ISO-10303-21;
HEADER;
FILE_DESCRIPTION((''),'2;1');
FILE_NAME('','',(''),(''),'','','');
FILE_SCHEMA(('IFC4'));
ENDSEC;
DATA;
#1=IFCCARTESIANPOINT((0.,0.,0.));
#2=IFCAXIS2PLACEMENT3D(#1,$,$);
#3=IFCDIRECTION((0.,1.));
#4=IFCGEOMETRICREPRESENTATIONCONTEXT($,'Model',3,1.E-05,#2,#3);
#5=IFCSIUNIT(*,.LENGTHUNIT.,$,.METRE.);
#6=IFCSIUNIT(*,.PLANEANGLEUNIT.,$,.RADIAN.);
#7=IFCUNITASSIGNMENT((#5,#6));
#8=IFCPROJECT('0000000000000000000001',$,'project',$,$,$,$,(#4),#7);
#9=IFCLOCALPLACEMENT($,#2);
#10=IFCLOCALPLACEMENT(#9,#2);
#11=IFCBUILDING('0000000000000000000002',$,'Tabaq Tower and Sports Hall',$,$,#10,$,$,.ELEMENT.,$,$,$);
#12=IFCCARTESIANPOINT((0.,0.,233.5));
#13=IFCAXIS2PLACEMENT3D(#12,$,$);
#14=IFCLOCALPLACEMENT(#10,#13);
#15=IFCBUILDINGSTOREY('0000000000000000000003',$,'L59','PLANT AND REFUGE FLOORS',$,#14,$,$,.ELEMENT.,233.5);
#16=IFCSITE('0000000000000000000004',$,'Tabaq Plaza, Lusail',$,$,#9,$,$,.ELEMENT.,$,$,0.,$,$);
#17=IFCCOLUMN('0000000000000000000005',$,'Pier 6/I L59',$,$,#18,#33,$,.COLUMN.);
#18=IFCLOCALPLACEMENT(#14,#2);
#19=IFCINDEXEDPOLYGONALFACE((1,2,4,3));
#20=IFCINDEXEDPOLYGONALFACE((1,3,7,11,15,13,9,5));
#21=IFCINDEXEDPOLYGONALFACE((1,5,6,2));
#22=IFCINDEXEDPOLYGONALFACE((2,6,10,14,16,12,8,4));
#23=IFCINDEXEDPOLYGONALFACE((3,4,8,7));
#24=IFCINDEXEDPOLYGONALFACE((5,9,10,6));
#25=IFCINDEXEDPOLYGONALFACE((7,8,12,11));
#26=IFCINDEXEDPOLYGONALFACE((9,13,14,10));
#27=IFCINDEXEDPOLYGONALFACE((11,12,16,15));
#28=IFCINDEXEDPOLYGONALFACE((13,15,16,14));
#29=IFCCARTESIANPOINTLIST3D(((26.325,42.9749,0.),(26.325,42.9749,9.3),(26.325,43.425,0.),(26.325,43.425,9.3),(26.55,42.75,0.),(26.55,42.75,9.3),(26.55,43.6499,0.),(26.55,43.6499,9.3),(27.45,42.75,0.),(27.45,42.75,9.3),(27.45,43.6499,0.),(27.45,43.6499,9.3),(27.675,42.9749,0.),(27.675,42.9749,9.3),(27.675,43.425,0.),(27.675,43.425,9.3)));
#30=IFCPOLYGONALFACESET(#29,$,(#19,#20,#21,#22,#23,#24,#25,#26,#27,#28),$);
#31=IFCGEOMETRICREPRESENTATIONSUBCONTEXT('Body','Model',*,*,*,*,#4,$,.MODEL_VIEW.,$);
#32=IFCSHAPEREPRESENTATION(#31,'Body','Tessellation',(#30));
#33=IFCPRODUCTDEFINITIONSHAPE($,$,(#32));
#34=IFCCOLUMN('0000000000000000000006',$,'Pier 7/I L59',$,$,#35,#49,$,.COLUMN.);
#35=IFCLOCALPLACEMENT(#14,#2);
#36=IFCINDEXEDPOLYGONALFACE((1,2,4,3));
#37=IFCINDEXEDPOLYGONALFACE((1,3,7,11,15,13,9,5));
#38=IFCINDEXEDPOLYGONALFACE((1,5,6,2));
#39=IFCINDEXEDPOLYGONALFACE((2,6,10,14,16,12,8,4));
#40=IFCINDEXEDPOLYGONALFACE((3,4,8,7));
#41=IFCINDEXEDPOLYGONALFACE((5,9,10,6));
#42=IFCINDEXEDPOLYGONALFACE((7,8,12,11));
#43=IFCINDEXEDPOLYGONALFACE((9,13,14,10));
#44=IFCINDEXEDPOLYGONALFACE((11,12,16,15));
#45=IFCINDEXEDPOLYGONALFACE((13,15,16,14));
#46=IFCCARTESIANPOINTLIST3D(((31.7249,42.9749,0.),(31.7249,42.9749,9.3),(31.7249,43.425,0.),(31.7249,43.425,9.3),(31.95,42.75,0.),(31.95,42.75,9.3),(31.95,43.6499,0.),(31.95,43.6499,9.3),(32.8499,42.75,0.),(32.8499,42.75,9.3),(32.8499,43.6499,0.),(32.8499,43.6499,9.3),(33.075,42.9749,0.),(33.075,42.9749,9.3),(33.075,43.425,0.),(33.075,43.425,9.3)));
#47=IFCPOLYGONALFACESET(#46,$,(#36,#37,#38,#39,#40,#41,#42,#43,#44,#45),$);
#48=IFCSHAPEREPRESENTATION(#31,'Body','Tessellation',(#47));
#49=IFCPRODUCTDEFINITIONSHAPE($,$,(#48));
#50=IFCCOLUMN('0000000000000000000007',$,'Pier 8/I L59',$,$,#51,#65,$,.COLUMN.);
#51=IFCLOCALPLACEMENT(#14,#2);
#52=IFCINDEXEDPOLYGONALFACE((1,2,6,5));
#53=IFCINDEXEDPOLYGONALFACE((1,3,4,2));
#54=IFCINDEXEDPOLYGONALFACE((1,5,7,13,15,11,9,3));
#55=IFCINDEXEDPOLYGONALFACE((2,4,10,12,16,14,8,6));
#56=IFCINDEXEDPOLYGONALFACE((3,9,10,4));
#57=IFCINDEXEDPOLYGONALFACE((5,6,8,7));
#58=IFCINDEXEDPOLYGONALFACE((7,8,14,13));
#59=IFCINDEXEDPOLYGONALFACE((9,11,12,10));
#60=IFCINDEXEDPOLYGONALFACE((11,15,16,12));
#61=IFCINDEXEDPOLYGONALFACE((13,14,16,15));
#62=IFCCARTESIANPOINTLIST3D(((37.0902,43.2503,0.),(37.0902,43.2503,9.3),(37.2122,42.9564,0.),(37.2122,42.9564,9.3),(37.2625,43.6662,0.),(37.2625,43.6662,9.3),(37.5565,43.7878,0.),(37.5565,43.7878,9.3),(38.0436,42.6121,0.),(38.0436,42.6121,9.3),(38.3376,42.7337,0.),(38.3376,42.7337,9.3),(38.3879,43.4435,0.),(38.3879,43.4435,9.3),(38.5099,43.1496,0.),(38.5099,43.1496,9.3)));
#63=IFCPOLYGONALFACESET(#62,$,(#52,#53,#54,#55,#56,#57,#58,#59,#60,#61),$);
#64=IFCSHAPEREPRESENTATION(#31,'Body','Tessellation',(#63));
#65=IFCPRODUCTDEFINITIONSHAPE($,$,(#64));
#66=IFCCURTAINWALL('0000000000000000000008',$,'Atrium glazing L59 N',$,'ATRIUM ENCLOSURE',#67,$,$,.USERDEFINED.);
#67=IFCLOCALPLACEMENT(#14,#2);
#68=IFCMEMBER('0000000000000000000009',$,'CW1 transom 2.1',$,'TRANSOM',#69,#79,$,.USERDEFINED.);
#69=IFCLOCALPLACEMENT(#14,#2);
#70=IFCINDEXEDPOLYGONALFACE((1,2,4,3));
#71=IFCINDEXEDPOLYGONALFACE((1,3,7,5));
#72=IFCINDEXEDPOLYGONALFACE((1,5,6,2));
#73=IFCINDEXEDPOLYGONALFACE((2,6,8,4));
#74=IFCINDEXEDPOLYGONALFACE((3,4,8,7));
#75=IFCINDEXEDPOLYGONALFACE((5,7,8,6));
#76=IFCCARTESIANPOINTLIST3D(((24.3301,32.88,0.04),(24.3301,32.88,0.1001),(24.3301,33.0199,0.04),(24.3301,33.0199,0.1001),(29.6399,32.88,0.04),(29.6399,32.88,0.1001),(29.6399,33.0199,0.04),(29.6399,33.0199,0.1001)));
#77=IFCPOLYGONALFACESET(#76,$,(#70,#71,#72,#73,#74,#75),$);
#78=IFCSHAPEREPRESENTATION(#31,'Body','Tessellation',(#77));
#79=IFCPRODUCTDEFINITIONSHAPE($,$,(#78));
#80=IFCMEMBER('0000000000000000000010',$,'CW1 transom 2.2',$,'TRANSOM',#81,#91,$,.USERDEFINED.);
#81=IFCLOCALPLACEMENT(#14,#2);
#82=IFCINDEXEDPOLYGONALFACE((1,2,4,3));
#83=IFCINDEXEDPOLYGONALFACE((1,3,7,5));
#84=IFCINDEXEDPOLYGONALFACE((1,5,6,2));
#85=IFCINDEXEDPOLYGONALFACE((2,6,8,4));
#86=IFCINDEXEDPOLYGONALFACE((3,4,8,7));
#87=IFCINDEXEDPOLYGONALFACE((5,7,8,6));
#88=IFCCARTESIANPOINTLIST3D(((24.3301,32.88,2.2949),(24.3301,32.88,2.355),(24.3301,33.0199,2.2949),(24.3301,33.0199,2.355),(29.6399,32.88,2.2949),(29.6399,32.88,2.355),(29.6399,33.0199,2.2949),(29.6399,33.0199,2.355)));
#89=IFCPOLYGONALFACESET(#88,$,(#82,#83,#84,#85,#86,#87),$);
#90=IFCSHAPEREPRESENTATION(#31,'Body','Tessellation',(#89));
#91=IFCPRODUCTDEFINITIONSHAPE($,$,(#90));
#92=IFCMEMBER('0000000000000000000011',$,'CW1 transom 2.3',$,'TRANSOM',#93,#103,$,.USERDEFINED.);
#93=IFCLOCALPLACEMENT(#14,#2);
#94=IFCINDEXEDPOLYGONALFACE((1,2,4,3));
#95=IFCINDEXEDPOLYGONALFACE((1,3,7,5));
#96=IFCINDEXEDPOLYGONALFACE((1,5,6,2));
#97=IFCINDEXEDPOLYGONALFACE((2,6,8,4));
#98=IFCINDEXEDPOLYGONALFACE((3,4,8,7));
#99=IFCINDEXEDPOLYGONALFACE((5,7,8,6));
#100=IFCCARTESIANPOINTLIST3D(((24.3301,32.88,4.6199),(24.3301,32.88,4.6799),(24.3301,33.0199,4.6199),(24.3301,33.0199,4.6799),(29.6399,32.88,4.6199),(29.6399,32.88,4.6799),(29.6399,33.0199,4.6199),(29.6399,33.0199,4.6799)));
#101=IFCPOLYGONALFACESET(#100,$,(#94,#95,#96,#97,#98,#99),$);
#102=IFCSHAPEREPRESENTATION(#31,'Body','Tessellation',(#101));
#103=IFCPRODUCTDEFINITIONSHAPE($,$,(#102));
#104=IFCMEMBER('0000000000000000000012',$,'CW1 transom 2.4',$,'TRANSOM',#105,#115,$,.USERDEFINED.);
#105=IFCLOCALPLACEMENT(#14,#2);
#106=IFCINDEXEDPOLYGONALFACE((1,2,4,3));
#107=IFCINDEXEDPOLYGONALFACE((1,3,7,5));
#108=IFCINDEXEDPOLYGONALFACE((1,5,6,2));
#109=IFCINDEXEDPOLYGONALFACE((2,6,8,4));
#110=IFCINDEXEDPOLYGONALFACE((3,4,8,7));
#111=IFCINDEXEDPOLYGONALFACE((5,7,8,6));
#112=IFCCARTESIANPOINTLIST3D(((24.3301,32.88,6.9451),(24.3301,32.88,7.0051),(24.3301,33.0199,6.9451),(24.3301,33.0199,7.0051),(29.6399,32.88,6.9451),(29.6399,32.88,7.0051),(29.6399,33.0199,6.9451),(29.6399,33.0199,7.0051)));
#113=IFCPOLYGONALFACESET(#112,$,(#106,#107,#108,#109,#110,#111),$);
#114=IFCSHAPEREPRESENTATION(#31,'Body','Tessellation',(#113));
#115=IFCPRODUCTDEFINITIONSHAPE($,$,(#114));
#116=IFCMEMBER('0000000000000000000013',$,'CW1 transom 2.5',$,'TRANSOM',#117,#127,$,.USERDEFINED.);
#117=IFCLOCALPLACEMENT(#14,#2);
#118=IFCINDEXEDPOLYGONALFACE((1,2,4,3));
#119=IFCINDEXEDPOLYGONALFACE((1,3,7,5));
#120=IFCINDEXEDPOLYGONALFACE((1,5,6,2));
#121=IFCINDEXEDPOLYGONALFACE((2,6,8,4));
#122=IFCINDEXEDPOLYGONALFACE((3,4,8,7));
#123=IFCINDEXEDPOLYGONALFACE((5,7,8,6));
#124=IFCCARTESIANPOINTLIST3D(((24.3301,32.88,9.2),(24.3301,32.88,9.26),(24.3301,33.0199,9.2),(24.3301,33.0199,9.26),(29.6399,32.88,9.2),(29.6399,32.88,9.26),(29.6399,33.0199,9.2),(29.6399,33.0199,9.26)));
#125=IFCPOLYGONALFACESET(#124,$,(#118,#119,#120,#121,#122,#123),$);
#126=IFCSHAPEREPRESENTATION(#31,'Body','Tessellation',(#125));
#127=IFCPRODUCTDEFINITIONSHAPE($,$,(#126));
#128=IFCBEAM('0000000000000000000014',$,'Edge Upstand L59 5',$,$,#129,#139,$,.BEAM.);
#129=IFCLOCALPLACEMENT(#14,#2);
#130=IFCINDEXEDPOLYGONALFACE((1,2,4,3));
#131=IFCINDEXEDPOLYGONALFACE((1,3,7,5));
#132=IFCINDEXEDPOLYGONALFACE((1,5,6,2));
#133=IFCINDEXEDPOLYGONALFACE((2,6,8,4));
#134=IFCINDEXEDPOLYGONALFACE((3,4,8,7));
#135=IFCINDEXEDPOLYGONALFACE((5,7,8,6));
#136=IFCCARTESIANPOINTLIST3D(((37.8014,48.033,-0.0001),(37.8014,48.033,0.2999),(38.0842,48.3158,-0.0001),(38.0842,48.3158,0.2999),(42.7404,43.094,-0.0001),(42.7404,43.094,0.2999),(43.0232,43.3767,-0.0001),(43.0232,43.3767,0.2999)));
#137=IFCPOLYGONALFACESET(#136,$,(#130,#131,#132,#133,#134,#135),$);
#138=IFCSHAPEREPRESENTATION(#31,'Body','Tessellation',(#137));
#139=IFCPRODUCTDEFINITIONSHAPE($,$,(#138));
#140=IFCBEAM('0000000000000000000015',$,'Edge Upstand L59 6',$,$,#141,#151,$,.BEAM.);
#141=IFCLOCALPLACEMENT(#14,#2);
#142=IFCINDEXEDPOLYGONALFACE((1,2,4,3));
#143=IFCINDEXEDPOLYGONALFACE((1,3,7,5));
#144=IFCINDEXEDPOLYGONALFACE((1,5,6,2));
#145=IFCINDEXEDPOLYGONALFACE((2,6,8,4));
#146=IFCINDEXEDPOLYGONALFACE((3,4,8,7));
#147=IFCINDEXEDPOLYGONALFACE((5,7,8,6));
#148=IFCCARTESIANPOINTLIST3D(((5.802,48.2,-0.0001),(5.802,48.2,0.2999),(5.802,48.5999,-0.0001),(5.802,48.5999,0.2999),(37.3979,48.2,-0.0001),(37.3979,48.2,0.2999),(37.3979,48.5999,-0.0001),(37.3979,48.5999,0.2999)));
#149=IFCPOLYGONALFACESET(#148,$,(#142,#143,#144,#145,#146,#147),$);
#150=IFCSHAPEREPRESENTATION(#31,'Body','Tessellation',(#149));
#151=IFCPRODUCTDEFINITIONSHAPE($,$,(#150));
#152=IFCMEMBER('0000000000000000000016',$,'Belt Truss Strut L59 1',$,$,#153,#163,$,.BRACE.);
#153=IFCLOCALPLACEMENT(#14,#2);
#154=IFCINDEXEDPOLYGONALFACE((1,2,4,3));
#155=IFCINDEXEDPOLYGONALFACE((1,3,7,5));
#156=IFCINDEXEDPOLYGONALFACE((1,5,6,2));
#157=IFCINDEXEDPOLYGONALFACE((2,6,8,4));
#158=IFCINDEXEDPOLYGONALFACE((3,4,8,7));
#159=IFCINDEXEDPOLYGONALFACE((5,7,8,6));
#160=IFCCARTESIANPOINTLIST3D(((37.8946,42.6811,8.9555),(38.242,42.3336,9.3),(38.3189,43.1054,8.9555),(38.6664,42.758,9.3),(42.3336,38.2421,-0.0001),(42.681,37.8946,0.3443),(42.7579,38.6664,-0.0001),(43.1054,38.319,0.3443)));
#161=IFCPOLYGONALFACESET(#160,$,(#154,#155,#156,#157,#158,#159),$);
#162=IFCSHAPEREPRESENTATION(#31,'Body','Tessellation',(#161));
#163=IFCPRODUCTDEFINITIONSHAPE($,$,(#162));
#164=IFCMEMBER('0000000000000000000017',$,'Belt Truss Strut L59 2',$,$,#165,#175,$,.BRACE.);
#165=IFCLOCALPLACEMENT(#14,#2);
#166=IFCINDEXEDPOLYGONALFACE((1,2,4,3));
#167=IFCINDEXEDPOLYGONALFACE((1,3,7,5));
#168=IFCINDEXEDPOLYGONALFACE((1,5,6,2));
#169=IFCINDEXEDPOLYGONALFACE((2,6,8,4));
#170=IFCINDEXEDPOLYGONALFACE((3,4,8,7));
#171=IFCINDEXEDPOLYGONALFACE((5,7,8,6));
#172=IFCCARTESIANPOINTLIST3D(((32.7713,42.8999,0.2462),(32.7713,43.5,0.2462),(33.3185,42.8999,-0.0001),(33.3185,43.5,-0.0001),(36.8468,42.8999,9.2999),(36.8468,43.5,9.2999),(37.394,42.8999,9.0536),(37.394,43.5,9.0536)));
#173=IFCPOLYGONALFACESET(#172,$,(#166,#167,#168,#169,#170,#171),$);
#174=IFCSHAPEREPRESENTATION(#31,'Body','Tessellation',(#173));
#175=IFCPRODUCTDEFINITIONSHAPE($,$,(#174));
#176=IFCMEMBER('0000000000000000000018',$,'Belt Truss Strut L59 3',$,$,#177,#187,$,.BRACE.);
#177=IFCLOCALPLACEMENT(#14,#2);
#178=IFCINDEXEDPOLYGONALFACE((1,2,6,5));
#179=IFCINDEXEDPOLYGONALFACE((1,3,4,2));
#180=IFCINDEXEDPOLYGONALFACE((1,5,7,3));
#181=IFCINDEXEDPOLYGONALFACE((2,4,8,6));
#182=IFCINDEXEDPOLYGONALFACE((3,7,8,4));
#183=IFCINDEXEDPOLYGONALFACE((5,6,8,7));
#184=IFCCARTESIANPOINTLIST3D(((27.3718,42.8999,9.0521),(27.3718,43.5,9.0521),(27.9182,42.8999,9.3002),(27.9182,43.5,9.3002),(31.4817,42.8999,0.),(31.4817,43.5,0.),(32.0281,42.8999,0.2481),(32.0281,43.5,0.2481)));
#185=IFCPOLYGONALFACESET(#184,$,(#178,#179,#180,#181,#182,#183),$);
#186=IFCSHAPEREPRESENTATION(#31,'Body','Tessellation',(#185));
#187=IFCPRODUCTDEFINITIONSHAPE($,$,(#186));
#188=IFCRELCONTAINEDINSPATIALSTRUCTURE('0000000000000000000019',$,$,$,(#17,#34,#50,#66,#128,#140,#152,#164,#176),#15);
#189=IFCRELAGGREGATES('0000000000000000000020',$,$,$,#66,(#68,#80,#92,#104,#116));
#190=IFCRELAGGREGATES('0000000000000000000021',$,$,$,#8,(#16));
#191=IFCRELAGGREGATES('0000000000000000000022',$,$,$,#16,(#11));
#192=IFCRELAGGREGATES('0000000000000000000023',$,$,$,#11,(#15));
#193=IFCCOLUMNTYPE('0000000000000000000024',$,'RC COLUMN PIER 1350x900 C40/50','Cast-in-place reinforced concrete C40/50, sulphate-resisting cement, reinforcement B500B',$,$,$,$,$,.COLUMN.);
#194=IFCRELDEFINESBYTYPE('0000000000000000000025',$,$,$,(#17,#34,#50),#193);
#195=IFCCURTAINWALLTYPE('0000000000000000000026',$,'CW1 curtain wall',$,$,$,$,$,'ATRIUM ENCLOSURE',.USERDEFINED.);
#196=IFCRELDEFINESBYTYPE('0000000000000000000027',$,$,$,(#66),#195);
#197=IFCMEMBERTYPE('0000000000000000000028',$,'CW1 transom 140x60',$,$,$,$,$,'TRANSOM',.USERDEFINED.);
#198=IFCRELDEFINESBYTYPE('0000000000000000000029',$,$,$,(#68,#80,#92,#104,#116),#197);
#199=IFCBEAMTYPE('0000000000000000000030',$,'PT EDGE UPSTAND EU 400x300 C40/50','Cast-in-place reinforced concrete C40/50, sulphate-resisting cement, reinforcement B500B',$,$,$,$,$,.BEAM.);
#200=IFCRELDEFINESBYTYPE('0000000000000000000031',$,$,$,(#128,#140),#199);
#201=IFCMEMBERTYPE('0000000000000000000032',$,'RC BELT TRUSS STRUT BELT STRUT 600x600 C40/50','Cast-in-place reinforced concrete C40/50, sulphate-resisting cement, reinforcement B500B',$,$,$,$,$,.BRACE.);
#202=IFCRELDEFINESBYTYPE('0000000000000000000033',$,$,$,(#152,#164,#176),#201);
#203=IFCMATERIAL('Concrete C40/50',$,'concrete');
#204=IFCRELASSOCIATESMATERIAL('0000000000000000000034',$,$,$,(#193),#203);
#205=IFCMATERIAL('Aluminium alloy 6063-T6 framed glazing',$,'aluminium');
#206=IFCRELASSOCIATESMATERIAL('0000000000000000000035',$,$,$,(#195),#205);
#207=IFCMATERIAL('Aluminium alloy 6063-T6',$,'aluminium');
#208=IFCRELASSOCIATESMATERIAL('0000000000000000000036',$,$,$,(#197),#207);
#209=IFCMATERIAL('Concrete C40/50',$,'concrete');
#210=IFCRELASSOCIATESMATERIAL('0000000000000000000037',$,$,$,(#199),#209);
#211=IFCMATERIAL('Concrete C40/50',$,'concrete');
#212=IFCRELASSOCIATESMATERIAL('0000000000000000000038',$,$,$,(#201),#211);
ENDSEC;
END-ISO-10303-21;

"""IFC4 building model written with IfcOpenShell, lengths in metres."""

from ifc_helpers import new_model, si_unit, direction, frame, origin, origin_2d, place, context, subcontext, project, spatial, polyline, rectangle, outline, extrude, material, material_profile, profile_set, type_object, element, aggregate, save


model = new_model("IFC4")

# Units and contexts
model_context = context("Model", 3, precision=1e-05, world=origin(), true_north=direction((0.0, 1.0)))
body_context = subcontext(model_context, "Body", "Model", "MODEL_VIEW")
ifc_project = project(units=[si_unit("LENGTHUNIT", "METRE"), si_unit("PLANEANGLEUNIT", "RADIAN")], contexts=[model_context])

# Site, building, storey
site_placement = place(None, origin())
site = spatial("IfcSite", under=ifc_project, at=site_placement, Name="Tabaq Plaza, Lusail", CompositionType="ELEMENT", RefElevation=0.0)
building_placement = place(site_placement, origin())
building = spatial("IfcBuilding", under=site, at=building_placement, Name="Tabaq Tower and Sports Hall", CompositionType="ELEMENT")
storey_placement = place(building_placement, frame((0.0, 0.0, 233.5)))
storey = spatial("IfcBuildingStorey", under=building, at=storey_placement, Name="L59", Description="PLANT AND REFUGE FLOORS", CompositionType="ELEMENT", Elevation=233.5)

# Columns
ifc_material_1 = material(Name="Concrete C40/50", Category="concrete")
ifc_material_profile_1 = material_profile(ifc_material_1, outline(polyline([(-0.45, -0.45), (0.45, -0.45), (0.675, -0.2251), (0.675, 0.2251), (0.45, 0.45), (-0.45, 0.45), (-0.675, 0.2251), (-0.675, -0.2251), (-0.45, -0.45)])), Name="PIER 1350x900")
ifc_profile_set_1 = profile_set([ifc_material_profile_1], Name="Concrete C40/50")
column_type = type_object("IfcColumnType", Name="RC COLUMN PIER 1350x900 C40/50", Description="Cast-in-place reinforced concrete C40/50, sulphate-resisting cement, reinforcement B500B", PredefinedType="COLUMN", material=ifc_profile_set_1)
for number, where, z_axis, x_axis, name in (
    (1, (27.0, 43.2, 0.0), (0.0, 0.0, 1.0), (1.0, 0.0, 0.0), "Pier 6/I L59"),
    (2, (32.3999, 43.2, 0.0), (0.0, 0.0, 1.0), (1.0, 0.0, 0.0), "Pier 7/I L59"),
    (3, (37.8, 43.2, 0.0), (0.0, 0.0, 1.0), (-0.92388, 0.382683, 0.0), "Pier 8/I L59"),
):
    element("IfcColumn", number, at=place(storey_placement, frame(where, z_axis=z_axis, x_axis=x_axis)), inside=storey, type_object=column_type, Name=name, PredefinedType="COLUMN", context=body_context, shape_type="SweptSolid", body=[
        extrude(outline(polyline([(-0.45, -0.45), (0.45, -0.45), (0.675, -0.2251), (0.675, 0.2251), (0.45, 0.45), (-0.45, 0.45), (-0.675, 0.2251), (-0.675, -0.2251), (-0.45, -0.45)])), origin(), (0.0, 0.0, 1.0), 9.3),
    ])

# Curtain wall, members
ifc_material_2 = material(Name="Aluminium alloy 6063-T6 framed glazing", Category="aluminium")
curtain_wall_type = type_object("IfcCurtainWallType", Name="CW1 curtain wall", ElementType="ATRIUM ENCLOSURE", PredefinedType="USERDEFINED", material=ifc_material_2)
curtain_wall_placement = place(storey_placement, origin())
curtain_wall = element("IfcCurtainWall", 4, at=curtain_wall_placement, inside=storey, type_object=curtain_wall_type, Name="Atrium glazing L59 N", ObjectType="ATRIUM ENCLOSURE", PredefinedType="USERDEFINED")
ifc_material_3 = material(Name="Aluminium alloy 6063-T6", Category="aluminium")
ifc_material_profile_2 = material_profile(ifc_material_3, rectangle(XDim=0.1399, YDim=0.0601, at=origin_2d()), Name="TRANSOM 140x60")
ifc_profile_set_2 = profile_set([ifc_material_profile_2], Name="Aluminium alloy 6063-T6")
member_type_1 = type_object("IfcMemberType", Name="CW1 transom 140x60", ElementType="TRANSOM", PredefinedType="USERDEFINED", material=ifc_profile_set_2)
member_1_placement = place(storey_placement, frame((24.3301, 32.95, 0.0701), z_axis=(1.0, 0.0, 0.0), x_axis=(0.0, 1.0, 0.0)))
member_1 = element("IfcMember", 5, at=member_1_placement, type_object=member_type_1, Name="CW1 transom 2.1", ObjectType="TRANSOM", PredefinedType="USERDEFINED", context=body_context, shape_type="SweptSolid", body=[
    extrude(rectangle(XDim=0.1399, YDim=0.0601, at=origin_2d()), origin(), (0.0, 0.0, 1.0), 5.3098),
])
member_2_placement = place(storey_placement, frame((24.3301, 32.95, 2.325), z_axis=(1.0, 0.0, 0.0), x_axis=(0.0, 1.0, 0.0)))
member_2 = element("IfcMember", 6, at=member_2_placement, type_object=member_type_1, Name="CW1 transom 2.2", ObjectType="TRANSOM", PredefinedType="USERDEFINED", context=body_context, shape_type="SweptSolid", body=[
    extrude(rectangle(XDim=0.1399, YDim=0.0601, at=origin_2d()), origin(), (0.0, 0.0, 1.0), 5.3098),
])
member_3_placement = place(storey_placement, frame((24.3301, 32.95, 4.6499), z_axis=(1.0, 0.0, 0.0), x_axis=(0.0, 1.0, 0.0)))
member_3 = element("IfcMember", 7, at=member_3_placement, type_object=member_type_1, Name="CW1 transom 2.3", ObjectType="TRANSOM", PredefinedType="USERDEFINED", context=body_context, shape_type="SweptSolid", body=[
    extrude(rectangle(XDim=0.1399, YDim=0.0601, at=origin_2d()), origin(), (0.0, 0.0, 1.0), 5.3098),
])
member_4_placement = place(storey_placement, frame((24.3301, 32.95, 6.9751), z_axis=(1.0, 0.0, 0.0), x_axis=(0.0, 1.0, 0.0)))
member_4 = element("IfcMember", 8, at=member_4_placement, type_object=member_type_1, Name="CW1 transom 2.4", ObjectType="TRANSOM", PredefinedType="USERDEFINED", context=body_context, shape_type="SweptSolid", body=[
    extrude(rectangle(XDim=0.1399, YDim=0.0601, at=origin_2d()), origin(), (0.0, 0.0, 1.0), 5.3098),
])
member_5_placement = place(storey_placement, frame((24.3301, 32.95, 9.23), z_axis=(1.0, 0.0, 0.0), x_axis=(0.0, 1.0, 0.0)))
member_5 = element("IfcMember", 9, at=member_5_placement, type_object=member_type_1, Name="CW1 transom 2.5", ObjectType="TRANSOM", PredefinedType="USERDEFINED", context=body_context, shape_type="SweptSolid", body=[
    extrude(rectangle(XDim=0.1399, YDim=0.0601, at=origin_2d()), origin(), (0.0, 0.0, 1.0), 5.3098),
])

# Beams
ifc_material_4 = material(Name="Concrete C40/50", Category="concrete")
ifc_material_profile_3 = material_profile(ifc_material_4, rectangle(XDim=0.3999, YDim=0.3, at=origin_2d()), Name="EU 400x300")
ifc_profile_set_3 = profile_set([ifc_material_profile_3], Name="Concrete C40/50")
beam_type = type_object("IfcBeamType", Name="PT EDGE UPSTAND EU 400x300 C40/50", Description="Cast-in-place reinforced concrete C40/50, sulphate-resisting cement, reinforcement B500B", PredefinedType="BEAM", material=ifc_profile_set_3)
beam_1_placement = place(storey_placement, frame((42.8818, 43.2354, 0.1499), z_axis=(-0.707107, 0.707107, 0.0), x_axis=(-0.707107, -0.707107, 0.0)))
element("IfcBeam", 10, at=beam_1_placement, inside=storey, type_object=beam_type, Name="Edge Upstand L59 5", PredefinedType="BEAM", context=body_context, shape_type="SweptSolid", body=[
    extrude(rectangle(XDim=0.3999, YDim=0.3, at=origin_2d()), origin(), (0.0, 0.0, 1.0), 6.9849),
])
beam_2_placement = place(storey_placement, frame((37.3979, 48.3999, 0.1499), z_axis=(-1.0, 0.0, 0.0), x_axis=(0.0, -1.0, 0.0)))
element("IfcBeam", 11, at=beam_2_placement, inside=storey, type_object=beam_type, Name="Edge Upstand L59 6", PredefinedType="BEAM", context=body_context, shape_type="SweptSolid", body=[
    extrude(rectangle(XDim=0.3999, YDim=0.3, at=origin_2d()), origin(), (0.0, 0.0, 1.0), 31.5959),
])

# Members
ifc_material_5 = material(Name="Concrete C40/50", Category="concrete")
ifc_material_profile_4 = material_profile(ifc_material_5, rectangle(XDim=0.6001, YDim=0.6001, at=origin_2d()), Name="BELT STRUT 600x600")
ifc_profile_set_4 = profile_set([ifc_material_profile_4], Name="Concrete C40/50")
member_type_2 = type_object("IfcMemberType", Name="RC BELT TRUSS STRUT BELT STRUT 600x600 C40/50", Description="Cast-in-place reinforced concrete C40/50, sulphate-resisting cement, reinforcement B500B", PredefinedType="BRACE", material=ifc_profile_set_4)
member_6_placement = place(storey_placement, frame((42.7195, 38.2805, 0.1721), z_axis=(-0.405879, 0.405879, 0.818856), x_axis=(-0.707107, -0.707107, 0.0)))
element("IfcMember", 12, at=member_6_placement, inside=storey, type_object=member_type_2, Name="Belt Truss Strut L59 1", PredefinedType="BRACE", context=body_context, shape_type="SweptSolid", body=[
    extrude(rectangle(XDim=0.6001, YDim=0.6001, at=origin_2d()), origin(), (0.0, 0.0, 1.0), 10.9368),
])
member_7_placement = place(storey_placement, frame((33.0449, 43.2, 0.123), z_axis=(0.410471, 0.0, 0.911874), x_axis=(0.0, 1.0, 0.0)))
element("IfcMember", 13, at=member_7_placement, inside=storey, type_object=member_type_2, Name="Belt Truss Strut L59 2", PredefinedType="BRACE", context=body_context, shape_type="SweptSolid", body=[
    extrude(rectangle(XDim=0.6001, YDim=0.6001, at=origin_2d()), origin(), (0.0, 0.0, 1.0), 9.9287),
])
member_8_placement = place(storey_placement, frame((31.7549, 43.2, 0.124), z_axis=(-0.413412, 0.0, 0.910544), x_axis=(0.0, -1.0, 0.0)))
element("IfcMember", 14, at=member_8_placement, inside=storey, type_object=member_type_2, Name="Belt Truss Strut L59 3", PredefinedType="BRACE", context=body_context, shape_type="SweptSolid", body=[
    extrude(rectangle(XDim=0.6001, YDim=0.6001, at=origin_2d()), origin(), (0.0, 0.0, 1.0), 9.9414),
])

aggregate(curtain_wall, [member_1, member_2, member_3, member_4, member_5])

save(model, "model.ifc")
